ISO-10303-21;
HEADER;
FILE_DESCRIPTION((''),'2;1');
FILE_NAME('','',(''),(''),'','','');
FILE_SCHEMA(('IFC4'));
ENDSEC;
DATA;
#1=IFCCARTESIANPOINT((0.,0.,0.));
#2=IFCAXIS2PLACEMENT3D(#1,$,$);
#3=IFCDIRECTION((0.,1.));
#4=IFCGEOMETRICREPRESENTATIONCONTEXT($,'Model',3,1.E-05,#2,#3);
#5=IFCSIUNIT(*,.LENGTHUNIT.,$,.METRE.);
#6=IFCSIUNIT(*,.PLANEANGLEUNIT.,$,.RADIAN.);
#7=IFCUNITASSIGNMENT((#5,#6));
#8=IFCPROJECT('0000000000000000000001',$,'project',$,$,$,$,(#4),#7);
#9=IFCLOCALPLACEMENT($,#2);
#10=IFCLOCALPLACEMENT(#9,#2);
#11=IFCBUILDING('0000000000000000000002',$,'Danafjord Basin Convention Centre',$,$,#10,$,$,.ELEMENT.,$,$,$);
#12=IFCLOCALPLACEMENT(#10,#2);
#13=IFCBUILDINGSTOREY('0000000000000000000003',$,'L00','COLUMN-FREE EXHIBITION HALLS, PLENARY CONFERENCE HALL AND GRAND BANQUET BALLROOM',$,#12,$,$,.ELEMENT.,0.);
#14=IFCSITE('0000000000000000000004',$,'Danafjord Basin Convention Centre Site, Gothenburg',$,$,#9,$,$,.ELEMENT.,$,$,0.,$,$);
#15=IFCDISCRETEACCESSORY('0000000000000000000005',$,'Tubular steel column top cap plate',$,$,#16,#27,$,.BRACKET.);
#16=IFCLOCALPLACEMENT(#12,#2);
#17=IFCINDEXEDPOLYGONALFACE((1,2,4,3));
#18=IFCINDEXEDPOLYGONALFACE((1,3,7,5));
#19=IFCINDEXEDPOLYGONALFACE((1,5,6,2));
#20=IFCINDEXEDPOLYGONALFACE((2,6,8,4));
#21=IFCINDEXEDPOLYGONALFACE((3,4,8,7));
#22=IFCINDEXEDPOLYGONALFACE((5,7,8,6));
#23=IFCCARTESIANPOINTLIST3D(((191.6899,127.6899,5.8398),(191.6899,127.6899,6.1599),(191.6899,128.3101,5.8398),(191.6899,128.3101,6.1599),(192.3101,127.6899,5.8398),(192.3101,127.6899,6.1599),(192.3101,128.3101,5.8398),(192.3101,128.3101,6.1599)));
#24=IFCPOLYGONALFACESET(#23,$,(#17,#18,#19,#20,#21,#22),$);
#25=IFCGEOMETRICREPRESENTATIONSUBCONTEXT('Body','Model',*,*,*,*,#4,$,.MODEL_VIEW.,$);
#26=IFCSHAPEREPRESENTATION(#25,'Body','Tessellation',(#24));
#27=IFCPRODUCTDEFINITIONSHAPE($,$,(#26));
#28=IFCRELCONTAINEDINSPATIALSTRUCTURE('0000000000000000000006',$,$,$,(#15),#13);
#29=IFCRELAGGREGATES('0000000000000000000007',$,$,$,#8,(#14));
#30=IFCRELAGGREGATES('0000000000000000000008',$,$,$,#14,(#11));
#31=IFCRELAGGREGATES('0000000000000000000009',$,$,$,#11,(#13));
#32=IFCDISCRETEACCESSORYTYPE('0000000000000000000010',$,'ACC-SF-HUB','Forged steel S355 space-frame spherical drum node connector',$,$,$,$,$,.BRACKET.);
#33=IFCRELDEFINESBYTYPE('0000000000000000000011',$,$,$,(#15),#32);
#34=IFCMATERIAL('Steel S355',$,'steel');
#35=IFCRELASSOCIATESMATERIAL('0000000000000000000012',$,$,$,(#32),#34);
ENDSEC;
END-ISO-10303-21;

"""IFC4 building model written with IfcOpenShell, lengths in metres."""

from ifc_helpers import new_model, si_unit, direction, frame, origin, origin_2d, place, context, subcontext, project, spatial, rectangle, extrude, material, type_object, element, save


model = new_model("IFC4")

# Units and contexts
model_context = context("Model", 3, precision=1e-05, world=origin(), true_north=direction((0.0, 1.0)))
body_context = subcontext(model_context, "Body", "Model", "MODEL_VIEW")
ifc_project = project(units=[si_unit("LENGTHUNIT", "METRE"), si_unit("PLANEANGLEUNIT", "RADIAN")], contexts=[model_context])

# Site, building, storey
site_placement = place(None, origin())
site = spatial("IfcSite", under=ifc_project, at=site_placement, Name="Danafjord Basin Convention Centre Site, Gothenburg", CompositionType="ELEMENT", RefElevation=0.0)
building_placement = place(site_placement, origin())
building = spatial("IfcBuilding", under=site, at=building_placement, Name="Danafjord Basin Convention Centre", CompositionType="ELEMENT")
storey_placement = place(building_placement, origin())
storey = spatial("IfcBuildingStorey", under=building, at=storey_placement, Name="L00", Description="COLUMN-FREE EXHIBITION HALLS, PLENARY CONFERENCE HALL AND GRAND BANQUET BALLROOM", CompositionType="ELEMENT", Elevation=0.0)

# Shared definitions
ifc_material_1 = material(Name="Steel S355", Category="steel")

# Discrete accessory
discrete_accessory_type = type_object("IfcDiscreteAccessoryType", Name="ACC-SF-HUB", Description="Forged steel S355 space-frame spherical drum node connector", PredefinedType="BRACKET", material=ifc_material_1)
discrete_accessory_placement = place(storey_placement, frame((192.0, 128.0, 5.8398), z_axis=(0.0, 0.0, 1.0), x_axis=(1.0, 0.0, 0.0)))
element("IfcDiscreteAccessory", 1, at=discrete_accessory_placement, inside=storey, type_object=discrete_accessory_type, Name="Tubular steel column top cap plate", PredefinedType="BRACKET", context=body_context, shape_type="SweptSolid", body=[
    extrude(rectangle(XDim=0.6201, YDim=0.6201, at=origin_2d()), origin(), (0.0, 0.0, 1.0), 0.3201),
])

save(model, "model.ifc")
